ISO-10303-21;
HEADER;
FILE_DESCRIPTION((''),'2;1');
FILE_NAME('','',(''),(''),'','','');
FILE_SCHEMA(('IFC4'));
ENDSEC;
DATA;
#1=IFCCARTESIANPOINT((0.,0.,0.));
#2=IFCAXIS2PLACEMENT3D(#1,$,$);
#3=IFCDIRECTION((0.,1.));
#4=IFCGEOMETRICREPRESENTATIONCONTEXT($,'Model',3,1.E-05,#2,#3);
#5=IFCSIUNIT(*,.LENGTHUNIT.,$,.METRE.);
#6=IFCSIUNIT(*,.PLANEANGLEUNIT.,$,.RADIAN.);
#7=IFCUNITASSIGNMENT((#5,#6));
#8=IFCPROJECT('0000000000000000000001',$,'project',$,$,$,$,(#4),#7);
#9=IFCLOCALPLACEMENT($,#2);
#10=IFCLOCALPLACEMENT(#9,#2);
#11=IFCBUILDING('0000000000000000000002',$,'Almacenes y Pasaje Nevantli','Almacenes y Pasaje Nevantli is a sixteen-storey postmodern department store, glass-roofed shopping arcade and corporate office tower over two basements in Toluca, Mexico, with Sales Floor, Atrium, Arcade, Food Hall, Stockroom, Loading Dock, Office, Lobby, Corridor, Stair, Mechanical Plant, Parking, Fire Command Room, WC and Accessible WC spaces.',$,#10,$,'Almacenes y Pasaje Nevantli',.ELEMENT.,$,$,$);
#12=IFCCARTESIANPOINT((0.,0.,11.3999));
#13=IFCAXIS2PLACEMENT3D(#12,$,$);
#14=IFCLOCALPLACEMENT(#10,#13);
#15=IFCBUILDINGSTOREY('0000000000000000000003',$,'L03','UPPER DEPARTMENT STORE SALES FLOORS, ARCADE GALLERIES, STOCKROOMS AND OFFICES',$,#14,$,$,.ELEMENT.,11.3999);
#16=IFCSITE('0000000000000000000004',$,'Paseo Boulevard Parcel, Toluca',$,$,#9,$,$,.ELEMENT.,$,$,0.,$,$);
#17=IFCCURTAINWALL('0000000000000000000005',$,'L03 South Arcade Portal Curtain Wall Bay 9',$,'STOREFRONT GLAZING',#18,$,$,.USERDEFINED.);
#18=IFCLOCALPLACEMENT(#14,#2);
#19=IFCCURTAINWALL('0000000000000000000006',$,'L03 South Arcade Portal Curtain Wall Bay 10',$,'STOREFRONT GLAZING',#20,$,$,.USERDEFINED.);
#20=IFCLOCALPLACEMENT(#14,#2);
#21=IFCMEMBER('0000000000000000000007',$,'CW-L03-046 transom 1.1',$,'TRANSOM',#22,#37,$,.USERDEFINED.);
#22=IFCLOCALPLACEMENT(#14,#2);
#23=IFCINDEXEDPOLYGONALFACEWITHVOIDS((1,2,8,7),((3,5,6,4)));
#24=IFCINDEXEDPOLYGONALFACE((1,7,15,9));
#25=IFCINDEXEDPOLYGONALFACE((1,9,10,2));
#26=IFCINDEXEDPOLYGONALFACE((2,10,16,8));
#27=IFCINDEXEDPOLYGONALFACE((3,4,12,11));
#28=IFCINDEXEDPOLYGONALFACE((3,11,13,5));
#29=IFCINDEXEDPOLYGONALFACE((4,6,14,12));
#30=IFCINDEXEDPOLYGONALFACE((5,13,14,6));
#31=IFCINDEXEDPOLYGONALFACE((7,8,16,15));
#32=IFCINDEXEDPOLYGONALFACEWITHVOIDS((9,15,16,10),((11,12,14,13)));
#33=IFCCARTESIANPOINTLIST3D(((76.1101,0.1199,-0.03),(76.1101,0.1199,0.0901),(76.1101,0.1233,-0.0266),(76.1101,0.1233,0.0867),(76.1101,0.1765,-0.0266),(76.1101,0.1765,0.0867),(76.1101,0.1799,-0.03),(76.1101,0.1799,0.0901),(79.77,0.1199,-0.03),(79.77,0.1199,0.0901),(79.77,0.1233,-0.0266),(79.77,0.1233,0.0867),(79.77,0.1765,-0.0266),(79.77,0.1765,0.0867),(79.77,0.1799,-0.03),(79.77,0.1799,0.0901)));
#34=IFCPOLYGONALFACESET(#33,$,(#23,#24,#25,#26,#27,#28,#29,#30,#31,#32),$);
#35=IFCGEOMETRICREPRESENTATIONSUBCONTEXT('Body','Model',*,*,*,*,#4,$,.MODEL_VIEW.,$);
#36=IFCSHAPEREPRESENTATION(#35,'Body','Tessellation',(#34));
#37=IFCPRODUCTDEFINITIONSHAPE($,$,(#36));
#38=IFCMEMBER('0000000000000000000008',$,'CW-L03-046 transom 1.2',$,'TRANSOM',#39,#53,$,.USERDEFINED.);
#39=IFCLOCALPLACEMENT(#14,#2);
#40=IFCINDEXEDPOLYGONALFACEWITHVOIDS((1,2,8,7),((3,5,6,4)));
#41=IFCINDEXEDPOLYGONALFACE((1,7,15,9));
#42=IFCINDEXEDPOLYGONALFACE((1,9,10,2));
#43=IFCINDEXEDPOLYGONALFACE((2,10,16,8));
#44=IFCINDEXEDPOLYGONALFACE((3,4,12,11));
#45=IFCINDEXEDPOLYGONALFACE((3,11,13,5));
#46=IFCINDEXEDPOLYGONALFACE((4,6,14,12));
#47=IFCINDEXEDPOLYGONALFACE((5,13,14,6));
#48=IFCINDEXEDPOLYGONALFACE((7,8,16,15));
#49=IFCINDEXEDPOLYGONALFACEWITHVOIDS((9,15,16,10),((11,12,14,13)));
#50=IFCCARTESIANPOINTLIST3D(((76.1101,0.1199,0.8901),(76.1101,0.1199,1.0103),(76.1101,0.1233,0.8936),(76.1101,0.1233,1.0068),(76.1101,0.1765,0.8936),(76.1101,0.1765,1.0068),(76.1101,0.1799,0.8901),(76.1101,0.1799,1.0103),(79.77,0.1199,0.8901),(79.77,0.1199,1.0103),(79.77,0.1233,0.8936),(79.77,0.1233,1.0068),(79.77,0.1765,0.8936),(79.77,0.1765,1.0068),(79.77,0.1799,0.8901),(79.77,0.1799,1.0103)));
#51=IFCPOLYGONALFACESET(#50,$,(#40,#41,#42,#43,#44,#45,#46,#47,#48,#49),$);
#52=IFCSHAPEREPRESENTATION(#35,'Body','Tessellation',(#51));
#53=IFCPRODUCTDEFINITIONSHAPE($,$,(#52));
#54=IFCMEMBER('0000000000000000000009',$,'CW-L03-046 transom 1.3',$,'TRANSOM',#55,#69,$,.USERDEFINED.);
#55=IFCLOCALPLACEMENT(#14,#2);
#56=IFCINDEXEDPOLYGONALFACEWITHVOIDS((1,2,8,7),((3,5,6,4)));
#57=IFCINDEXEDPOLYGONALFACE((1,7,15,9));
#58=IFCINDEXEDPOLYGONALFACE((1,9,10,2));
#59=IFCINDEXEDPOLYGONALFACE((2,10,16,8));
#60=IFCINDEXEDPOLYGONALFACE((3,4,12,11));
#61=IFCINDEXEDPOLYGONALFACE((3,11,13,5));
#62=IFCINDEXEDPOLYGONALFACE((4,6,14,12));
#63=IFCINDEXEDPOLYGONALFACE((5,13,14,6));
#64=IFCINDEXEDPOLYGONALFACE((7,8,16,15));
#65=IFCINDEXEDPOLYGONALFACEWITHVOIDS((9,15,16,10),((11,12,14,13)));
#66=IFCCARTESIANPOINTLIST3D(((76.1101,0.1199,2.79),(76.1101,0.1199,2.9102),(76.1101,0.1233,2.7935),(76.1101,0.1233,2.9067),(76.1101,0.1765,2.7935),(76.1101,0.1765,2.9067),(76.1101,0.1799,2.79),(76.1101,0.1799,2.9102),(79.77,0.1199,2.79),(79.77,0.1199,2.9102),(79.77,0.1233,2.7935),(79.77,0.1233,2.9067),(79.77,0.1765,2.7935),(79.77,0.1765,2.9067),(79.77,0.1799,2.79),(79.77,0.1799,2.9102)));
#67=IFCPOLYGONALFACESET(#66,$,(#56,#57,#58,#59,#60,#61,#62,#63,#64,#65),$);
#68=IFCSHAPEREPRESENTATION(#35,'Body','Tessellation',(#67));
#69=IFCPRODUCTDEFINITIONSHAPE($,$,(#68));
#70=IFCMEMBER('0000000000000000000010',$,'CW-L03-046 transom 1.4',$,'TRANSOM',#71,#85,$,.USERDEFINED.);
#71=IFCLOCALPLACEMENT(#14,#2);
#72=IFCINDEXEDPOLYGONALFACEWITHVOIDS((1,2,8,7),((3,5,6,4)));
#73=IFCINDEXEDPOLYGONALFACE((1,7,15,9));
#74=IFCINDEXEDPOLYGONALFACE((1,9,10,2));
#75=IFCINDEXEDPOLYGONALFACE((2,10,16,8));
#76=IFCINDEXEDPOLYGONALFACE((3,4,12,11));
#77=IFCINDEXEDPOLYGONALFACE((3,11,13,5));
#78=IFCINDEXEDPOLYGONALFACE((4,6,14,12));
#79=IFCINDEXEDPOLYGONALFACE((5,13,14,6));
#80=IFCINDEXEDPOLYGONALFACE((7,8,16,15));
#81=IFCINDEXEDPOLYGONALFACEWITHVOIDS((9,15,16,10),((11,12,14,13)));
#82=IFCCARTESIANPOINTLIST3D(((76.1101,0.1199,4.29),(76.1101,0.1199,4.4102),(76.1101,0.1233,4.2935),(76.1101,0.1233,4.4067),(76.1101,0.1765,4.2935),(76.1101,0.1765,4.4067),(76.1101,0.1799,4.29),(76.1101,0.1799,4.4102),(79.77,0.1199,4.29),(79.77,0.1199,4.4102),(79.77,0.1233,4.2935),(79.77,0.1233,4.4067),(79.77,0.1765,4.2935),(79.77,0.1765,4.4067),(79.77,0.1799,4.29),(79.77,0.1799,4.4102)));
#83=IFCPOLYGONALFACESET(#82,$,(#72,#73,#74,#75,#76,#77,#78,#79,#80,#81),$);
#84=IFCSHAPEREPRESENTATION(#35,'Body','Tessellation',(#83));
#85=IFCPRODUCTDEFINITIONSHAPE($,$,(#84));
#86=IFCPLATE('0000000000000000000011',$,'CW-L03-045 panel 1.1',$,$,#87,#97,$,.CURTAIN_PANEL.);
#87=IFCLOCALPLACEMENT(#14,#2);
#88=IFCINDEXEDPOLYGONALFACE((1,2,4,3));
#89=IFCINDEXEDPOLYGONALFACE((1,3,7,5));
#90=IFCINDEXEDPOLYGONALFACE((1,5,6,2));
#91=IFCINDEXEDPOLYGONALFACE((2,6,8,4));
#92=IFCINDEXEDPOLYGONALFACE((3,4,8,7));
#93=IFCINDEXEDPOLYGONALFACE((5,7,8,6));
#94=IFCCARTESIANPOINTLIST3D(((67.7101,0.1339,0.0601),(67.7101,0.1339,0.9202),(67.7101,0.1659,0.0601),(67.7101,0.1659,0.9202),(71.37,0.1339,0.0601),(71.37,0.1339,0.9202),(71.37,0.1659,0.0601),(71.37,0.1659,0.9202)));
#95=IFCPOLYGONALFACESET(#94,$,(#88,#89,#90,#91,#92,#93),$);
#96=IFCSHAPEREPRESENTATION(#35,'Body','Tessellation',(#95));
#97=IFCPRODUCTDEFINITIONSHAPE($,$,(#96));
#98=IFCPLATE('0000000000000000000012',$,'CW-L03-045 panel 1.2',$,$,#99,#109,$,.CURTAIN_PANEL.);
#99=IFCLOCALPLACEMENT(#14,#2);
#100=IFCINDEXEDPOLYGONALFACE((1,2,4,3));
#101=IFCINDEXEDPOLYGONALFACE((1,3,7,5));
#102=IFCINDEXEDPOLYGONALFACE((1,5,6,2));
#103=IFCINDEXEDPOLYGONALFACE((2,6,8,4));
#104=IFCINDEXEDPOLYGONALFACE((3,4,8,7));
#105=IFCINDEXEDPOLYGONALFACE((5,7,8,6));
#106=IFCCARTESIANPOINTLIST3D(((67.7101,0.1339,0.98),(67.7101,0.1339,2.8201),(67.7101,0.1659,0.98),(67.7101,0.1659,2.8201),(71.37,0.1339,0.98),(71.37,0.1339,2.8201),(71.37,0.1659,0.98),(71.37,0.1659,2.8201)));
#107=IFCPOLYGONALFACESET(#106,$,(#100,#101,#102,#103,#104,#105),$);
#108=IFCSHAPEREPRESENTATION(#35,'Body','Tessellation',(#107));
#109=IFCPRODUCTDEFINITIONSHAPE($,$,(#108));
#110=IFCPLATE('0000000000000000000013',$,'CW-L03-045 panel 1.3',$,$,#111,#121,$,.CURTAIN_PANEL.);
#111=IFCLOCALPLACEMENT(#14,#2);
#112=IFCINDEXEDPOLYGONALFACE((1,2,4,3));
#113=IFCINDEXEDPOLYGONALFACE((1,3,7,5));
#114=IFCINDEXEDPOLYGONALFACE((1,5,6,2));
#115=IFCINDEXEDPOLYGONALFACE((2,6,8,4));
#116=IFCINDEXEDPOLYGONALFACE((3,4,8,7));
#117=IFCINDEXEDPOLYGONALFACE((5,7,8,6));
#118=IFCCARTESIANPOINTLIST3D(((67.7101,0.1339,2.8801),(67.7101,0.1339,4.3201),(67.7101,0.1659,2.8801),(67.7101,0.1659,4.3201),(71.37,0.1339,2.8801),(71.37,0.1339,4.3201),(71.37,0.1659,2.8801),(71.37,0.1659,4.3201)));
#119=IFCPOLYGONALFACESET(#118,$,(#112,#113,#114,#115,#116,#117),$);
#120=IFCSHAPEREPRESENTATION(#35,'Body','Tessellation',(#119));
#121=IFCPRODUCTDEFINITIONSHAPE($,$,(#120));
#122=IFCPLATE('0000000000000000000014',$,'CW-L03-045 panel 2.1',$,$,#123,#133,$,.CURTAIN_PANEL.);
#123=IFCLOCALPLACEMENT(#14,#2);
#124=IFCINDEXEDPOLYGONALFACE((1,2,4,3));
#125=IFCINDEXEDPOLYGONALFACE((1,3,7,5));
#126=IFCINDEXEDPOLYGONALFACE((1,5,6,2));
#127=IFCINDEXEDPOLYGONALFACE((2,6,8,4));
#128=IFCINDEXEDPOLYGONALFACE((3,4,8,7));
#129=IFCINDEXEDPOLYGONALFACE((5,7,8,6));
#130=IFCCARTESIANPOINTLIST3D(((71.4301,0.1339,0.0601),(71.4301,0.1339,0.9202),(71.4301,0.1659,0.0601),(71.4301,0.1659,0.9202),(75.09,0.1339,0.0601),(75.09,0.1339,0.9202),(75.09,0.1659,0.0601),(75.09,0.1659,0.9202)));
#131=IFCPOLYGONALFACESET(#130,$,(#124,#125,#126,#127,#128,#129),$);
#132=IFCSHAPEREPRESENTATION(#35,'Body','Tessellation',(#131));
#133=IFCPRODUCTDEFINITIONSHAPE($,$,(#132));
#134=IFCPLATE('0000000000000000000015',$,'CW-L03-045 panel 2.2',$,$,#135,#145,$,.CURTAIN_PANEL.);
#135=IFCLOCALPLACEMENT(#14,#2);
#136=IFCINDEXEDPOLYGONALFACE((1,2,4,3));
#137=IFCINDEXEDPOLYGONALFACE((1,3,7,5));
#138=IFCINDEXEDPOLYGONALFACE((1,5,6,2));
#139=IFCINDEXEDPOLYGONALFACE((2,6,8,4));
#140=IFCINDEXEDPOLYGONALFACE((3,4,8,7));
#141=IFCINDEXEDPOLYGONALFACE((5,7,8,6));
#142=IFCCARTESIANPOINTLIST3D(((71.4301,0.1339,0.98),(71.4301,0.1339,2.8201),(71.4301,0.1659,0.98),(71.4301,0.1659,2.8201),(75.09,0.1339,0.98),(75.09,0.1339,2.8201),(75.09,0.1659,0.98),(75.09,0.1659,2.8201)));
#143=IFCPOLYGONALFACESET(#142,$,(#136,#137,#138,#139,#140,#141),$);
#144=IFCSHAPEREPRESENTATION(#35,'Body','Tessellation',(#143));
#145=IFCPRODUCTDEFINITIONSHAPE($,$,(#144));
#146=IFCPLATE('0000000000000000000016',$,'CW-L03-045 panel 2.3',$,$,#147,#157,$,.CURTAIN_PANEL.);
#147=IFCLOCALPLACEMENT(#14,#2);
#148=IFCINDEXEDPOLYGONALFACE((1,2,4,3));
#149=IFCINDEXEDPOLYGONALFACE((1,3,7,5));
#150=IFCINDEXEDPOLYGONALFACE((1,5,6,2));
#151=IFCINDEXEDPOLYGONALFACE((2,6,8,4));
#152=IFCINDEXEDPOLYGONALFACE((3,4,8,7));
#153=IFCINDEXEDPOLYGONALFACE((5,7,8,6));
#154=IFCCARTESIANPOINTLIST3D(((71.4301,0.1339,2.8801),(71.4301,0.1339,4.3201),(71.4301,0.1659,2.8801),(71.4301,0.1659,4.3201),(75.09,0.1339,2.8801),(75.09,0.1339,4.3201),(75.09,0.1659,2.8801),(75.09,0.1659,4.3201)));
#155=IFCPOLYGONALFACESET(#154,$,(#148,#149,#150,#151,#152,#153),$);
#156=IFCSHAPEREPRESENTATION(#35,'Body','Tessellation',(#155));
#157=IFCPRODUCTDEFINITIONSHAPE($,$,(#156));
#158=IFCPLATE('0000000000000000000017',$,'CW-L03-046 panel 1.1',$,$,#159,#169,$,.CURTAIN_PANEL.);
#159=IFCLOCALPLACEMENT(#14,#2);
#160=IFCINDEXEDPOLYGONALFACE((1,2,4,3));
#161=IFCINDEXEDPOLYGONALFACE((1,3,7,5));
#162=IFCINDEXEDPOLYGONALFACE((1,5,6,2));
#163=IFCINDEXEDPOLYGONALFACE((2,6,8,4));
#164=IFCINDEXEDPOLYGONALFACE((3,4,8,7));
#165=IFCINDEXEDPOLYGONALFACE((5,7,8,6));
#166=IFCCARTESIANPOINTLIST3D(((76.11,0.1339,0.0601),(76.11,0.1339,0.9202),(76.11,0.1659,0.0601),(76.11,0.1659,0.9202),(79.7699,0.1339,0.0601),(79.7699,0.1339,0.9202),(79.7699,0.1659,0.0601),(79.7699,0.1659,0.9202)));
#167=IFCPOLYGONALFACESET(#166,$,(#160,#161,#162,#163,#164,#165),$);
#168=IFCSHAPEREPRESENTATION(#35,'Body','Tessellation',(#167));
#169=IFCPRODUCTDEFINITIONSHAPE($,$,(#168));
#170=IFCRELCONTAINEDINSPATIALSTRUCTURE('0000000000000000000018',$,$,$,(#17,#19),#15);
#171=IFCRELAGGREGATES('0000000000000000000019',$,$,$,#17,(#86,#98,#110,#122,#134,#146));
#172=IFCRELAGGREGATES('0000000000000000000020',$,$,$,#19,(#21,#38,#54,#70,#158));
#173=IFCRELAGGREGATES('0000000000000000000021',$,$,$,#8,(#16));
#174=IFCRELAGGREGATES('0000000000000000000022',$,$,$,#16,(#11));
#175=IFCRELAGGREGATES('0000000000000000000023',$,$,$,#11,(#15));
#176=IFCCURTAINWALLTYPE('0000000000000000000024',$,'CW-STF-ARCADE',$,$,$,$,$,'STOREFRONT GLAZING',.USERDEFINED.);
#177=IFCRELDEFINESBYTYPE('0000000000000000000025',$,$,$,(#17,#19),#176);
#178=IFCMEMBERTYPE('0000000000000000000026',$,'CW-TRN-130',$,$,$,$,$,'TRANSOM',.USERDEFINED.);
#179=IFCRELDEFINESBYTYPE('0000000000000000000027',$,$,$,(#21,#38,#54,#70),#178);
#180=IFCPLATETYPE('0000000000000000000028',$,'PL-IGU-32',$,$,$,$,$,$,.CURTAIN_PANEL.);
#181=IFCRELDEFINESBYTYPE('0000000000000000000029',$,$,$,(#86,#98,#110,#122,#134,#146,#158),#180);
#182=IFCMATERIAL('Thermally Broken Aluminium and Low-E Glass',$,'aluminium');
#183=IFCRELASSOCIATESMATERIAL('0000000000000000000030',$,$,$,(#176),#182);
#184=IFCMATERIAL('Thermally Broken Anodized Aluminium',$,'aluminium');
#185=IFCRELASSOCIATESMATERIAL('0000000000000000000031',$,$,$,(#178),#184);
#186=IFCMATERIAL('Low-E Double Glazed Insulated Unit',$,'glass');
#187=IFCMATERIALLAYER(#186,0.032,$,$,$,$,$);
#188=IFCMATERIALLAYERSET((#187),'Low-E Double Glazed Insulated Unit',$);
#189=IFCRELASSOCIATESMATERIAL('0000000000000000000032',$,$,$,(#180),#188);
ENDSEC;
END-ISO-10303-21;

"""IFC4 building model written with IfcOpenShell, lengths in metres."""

from ifc_helpers import new_model, si_unit, direction, frame, origin, origin_2d, place, context, subcontext, project, spatial, rectangle, hollow_rectangle, extrude, material, layer, layer_set, material_profile, profile_set, type_object, element, aggregate, save


model = new_model("IFC4")

# Units and contexts
model_context = context("Model", 3, precision=1e-05, world=origin(), true_north=direction((0.0, 1.0)))
body_context = subcontext(model_context, "Body", "Model", "MODEL_VIEW")
ifc_project = project(units=[si_unit("LENGTHUNIT", "METRE"), si_unit("PLANEANGLEUNIT", "RADIAN")], contexts=[model_context])

# Site, building, storey
site_placement = place(None, origin())
site = spatial("IfcSite", under=ifc_project, at=site_placement, Name="Paseo Boulevard Parcel, Toluca", CompositionType="ELEMENT", RefElevation=0.0)
building_placement = place(site_placement, origin())
building = spatial("IfcBuilding", under=site, at=building_placement, Name="Almacenes y Pasaje Nevantli", Description="Almacenes y Pasaje Nevantli is a sixteen-storey postmodern department store, glass-roofed shopping arcade and corporate office tower over two basements in Toluca, Mexico, with Sales Floor, Atrium, Arcade, Food Hall, Stockroom, Loading Dock, Office, Lobby, Corridor, Stair, Mechanical Plant, Parking, Fire Command Room, WC and Accessible WC spaces.", LongName="Almacenes y Pasaje Nevantli", CompositionType="ELEMENT")
storey_placement = place(building_placement, frame((0.0, 0.0, 11.3999)))
storey = spatial("IfcBuildingStorey", under=building, at=storey_placement, Name="L03", Description="UPPER DEPARTMENT STORE SALES FLOORS, ARCADE GALLERIES, STOCKROOMS AND OFFICES", CompositionType="ELEMENT", Elevation=11.3999)

# Curtain wall
ifc_material_1 = material(Name="Thermally Broken Aluminium and Low-E Glass", Category="aluminium")
curtain_wall_type = type_object("IfcCurtainWallType", Name="CW-STF-ARCADE", ElementType="STOREFRONT GLAZING", PredefinedType="USERDEFINED", material=ifc_material_1)
curtain_wall_1_placement = place(storey_placement, origin())
curtain_wall_1 = element("IfcCurtainWall", 1, at=curtain_wall_1_placement, inside=storey, type_object=curtain_wall_type, Name="L03 South Arcade Portal Curtain Wall Bay 9", ObjectType="STOREFRONT GLAZING", PredefinedType="USERDEFINED")

# Curtain wall
curtain_wall_2_placement = place(storey_placement, origin())
curtain_wall_2 = element("IfcCurtainWall", 2, at=curtain_wall_2_placement, inside=storey, type_object=curtain_wall_type, Name="L03 South Arcade Portal Curtain Wall Bay 10", ObjectType="STOREFRONT GLAZING", PredefinedType="USERDEFINED")

# Members
ifc_material_2 = material(Name="Thermally Broken Anodized Aluminium", Category="aluminium")
ifc_material_profile_1 = material_profile(ifc_material_2, hollow_rectangle(XDim=0.0601, YDim=0.1201, WallThickness=0.0034, at=origin_2d()), Name="ALU-TRN-60x120")
ifc_profile_set_1 = profile_set([ifc_material_profile_1], Name="Thermally Broken Anodized Aluminium")
member_type_1 = type_object("IfcMemberType", Name="CW-TRN-130", ElementType="TRANSOM", PredefinedType="USERDEFINED", material=ifc_profile_set_1)
member_1_placement = place(storey_placement, frame((76.1101, 0.1499, 0.03), z_axis=(1.0, 0.0, 0.0), x_axis=(0.0, 1.0, 0.0)))
member_1 = element("IfcMember", 3, at=member_1_placement, type_object=member_type_1, Name="CW-L03-046 transom 1.1", ObjectType="TRANSOM", PredefinedType="USERDEFINED", context=body_context, shape_type="SweptSolid", body=[
    extrude(hollow_rectangle(XDim=0.0601, YDim=0.1201, WallThickness=0.0034, at=origin_2d()), origin(), (0.0, 0.0, 1.0), 3.6599),
])
member_2_placement = place(storey_placement, frame((76.1101, 0.1499, 0.9502), z_axis=(1.0, 0.0, 0.0), x_axis=(0.0, 1.0, 0.0)))
member_2 = element("IfcMember", 4, at=member_2_placement, type_object=member_type_1, Name="CW-L03-046 transom 1.2", ObjectType="TRANSOM", PredefinedType="USERDEFINED", context=body_context, shape_type="SweptSolid", body=[
    extrude(hollow_rectangle(XDim=0.0601, YDim=0.1201, WallThickness=0.0034, at=origin_2d()), origin(), (0.0, 0.0, 1.0), 3.6599),
])
member_3_placement = place(storey_placement, frame((76.1101, 0.1499, 2.8501), z_axis=(1.0, 0.0, 0.0), x_axis=(0.0, 1.0, 0.0)))
member_3 = element("IfcMember", 5, at=member_3_placement, type_object=member_type_1, Name="CW-L03-046 transom 1.3", ObjectType="TRANSOM", PredefinedType="USERDEFINED", context=body_context, shape_type="SweptSolid", body=[
    extrude(hollow_rectangle(XDim=0.0601, YDim=0.1201, WallThickness=0.0034, at=origin_2d()), origin(), (0.0, 0.0, 1.0), 3.6599),
])
member_4_placement = place(storey_placement, frame((76.1101, 0.1499, 4.3501), z_axis=(1.0, 0.0, 0.0), x_axis=(0.0, 1.0, 0.0)))
member_4 = element("IfcMember", 6, at=member_4_placement, type_object=member_type_1, Name="CW-L03-046 transom 1.4", ObjectType="TRANSOM", PredefinedType="USERDEFINED", context=body_context, shape_type="SweptSolid", body=[
    extrude(hollow_rectangle(XDim=0.0601, YDim=0.1201, WallThickness=0.0034, at=origin_2d()), origin(), (0.0, 0.0, 1.0), 3.6599),
])

# Plates
ifc_material_3 = material(Name="Low-E Double Glazed Insulated Unit", Category="glass")
ifc_layer = layer(ifc_material_3, 0.032)
ifc_layer_set = layer_set([ifc_layer], Name="Low-E Double Glazed Insulated Unit")
plate_type = type_object("IfcPlateType", Name="PL-IGU-32", PredefinedType="CURTAIN_PANEL", material=ifc_layer_set)
plate_1_placement = place(storey_placement, frame((69.54, 0.1499, 0.0601), z_axis=(0.0, 0.0, 1.0), x_axis=(1.0, 0.0, 0.0)))
plate_1 = element("IfcPlate", 7, at=plate_1_placement, type_object=plate_type, Name="CW-L03-045 panel 1.1", PredefinedType="CURTAIN_PANEL", context=body_context, shape_type="SweptSolid", body=[
    extrude(rectangle(XDim=3.6599, YDim=0.032, at=origin_2d()), origin(), (0.0, 0.0, 1.0), 0.8601),
])
plate_2_placement = place(storey_placement, frame((69.54, 0.1499, 0.98), z_axis=(0.0, 0.0, 1.0), x_axis=(1.0, 0.0, 0.0)))
plate_2 = element("IfcPlate", 8, at=plate_2_placement, type_object=plate_type, Name="CW-L03-045 panel 1.2", PredefinedType="CURTAIN_PANEL", context=body_context, shape_type="SweptSolid", body=[
    extrude(rectangle(XDim=3.6599, YDim=0.032, at=origin_2d()), origin(), (0.0, 0.0, 1.0), 1.8401),
])
plate_3_placement = place(storey_placement, frame((69.54, 0.1499, 2.8801), z_axis=(0.0, 0.0, 1.0), x_axis=(1.0, 0.0, 0.0)))
plate_3 = element("IfcPlate", 9, at=plate_3_placement, type_object=plate_type, Name="CW-L03-045 panel 1.3", PredefinedType="CURTAIN_PANEL", context=body_context, shape_type="SweptSolid", body=[
    extrude(rectangle(XDim=3.6599, YDim=0.032, at=origin_2d()), origin(), (0.0, 0.0, 1.0), 1.4399),
])
plate_4_placement = place(storey_placement, frame((73.26, 0.1499, 0.0601), z_axis=(0.0, 0.0, 1.0), x_axis=(1.0, 0.0, 0.0)))
plate_4 = element("IfcPlate", 10, at=plate_4_placement, type_object=plate_type, Name="CW-L03-045 panel 2.1", PredefinedType="CURTAIN_PANEL", context=body_context, shape_type="SweptSolid", body=[
    extrude(rectangle(XDim=3.6599, YDim=0.032, at=origin_2d()), origin(), (0.0, 0.0, 1.0), 0.8601),
])
plate_5_placement = place(storey_placement, frame((73.26, 0.1499, 0.98), z_axis=(0.0, 0.0, 1.0), x_axis=(1.0, 0.0, 0.0)))
plate_5 = element("IfcPlate", 11, at=plate_5_placement, type_object=plate_type, Name="CW-L03-045 panel 2.2", PredefinedType="CURTAIN_PANEL", context=body_context, shape_type="SweptSolid", body=[
    extrude(rectangle(XDim=3.6599, YDim=0.032, at=origin_2d()), origin(), (0.0, 0.0, 1.0), 1.8401),
])
plate_6_placement = place(storey_placement, frame((73.26, 0.1499, 2.8801), z_axis=(0.0, 0.0, 1.0), x_axis=(1.0, 0.0, 0.0)))
plate_6 = element("IfcPlate", 12, at=plate_6_placement, type_object=plate_type, Name="CW-L03-045 panel 2.3", PredefinedType="CURTAIN_PANEL", context=body_context, shape_type="SweptSolid", body=[
    extrude(rectangle(XDim=3.6599, YDim=0.032, at=origin_2d()), origin(), (0.0, 0.0, 1.0), 1.4399),
])
aggregate(curtain_wall_1, [plate_1, plate_2, plate_3, plate_4, plate_5, plate_6])
plate_7_placement = place(storey_placement, frame((77.9399, 0.1499, 0.0601), z_axis=(0.0, 0.0, 1.0), x_axis=(1.0, 0.0, 0.0)))
plate_7 = element("IfcPlate", 13, at=plate_7_placement, type_object=plate_type, Name="CW-L03-046 panel 1.1", PredefinedType="CURTAIN_PANEL", context=body_context, shape_type="SweptSolid", body=[
    extrude(rectangle(XDim=3.6599, YDim=0.032, at=origin_2d()), origin(), (0.0, 0.0, 1.0), 0.8601),
])
aggregate(curtain_wall_2, [member_1, member_2, member_3, member_4, plate_7])

save(model, "model.ifc")
